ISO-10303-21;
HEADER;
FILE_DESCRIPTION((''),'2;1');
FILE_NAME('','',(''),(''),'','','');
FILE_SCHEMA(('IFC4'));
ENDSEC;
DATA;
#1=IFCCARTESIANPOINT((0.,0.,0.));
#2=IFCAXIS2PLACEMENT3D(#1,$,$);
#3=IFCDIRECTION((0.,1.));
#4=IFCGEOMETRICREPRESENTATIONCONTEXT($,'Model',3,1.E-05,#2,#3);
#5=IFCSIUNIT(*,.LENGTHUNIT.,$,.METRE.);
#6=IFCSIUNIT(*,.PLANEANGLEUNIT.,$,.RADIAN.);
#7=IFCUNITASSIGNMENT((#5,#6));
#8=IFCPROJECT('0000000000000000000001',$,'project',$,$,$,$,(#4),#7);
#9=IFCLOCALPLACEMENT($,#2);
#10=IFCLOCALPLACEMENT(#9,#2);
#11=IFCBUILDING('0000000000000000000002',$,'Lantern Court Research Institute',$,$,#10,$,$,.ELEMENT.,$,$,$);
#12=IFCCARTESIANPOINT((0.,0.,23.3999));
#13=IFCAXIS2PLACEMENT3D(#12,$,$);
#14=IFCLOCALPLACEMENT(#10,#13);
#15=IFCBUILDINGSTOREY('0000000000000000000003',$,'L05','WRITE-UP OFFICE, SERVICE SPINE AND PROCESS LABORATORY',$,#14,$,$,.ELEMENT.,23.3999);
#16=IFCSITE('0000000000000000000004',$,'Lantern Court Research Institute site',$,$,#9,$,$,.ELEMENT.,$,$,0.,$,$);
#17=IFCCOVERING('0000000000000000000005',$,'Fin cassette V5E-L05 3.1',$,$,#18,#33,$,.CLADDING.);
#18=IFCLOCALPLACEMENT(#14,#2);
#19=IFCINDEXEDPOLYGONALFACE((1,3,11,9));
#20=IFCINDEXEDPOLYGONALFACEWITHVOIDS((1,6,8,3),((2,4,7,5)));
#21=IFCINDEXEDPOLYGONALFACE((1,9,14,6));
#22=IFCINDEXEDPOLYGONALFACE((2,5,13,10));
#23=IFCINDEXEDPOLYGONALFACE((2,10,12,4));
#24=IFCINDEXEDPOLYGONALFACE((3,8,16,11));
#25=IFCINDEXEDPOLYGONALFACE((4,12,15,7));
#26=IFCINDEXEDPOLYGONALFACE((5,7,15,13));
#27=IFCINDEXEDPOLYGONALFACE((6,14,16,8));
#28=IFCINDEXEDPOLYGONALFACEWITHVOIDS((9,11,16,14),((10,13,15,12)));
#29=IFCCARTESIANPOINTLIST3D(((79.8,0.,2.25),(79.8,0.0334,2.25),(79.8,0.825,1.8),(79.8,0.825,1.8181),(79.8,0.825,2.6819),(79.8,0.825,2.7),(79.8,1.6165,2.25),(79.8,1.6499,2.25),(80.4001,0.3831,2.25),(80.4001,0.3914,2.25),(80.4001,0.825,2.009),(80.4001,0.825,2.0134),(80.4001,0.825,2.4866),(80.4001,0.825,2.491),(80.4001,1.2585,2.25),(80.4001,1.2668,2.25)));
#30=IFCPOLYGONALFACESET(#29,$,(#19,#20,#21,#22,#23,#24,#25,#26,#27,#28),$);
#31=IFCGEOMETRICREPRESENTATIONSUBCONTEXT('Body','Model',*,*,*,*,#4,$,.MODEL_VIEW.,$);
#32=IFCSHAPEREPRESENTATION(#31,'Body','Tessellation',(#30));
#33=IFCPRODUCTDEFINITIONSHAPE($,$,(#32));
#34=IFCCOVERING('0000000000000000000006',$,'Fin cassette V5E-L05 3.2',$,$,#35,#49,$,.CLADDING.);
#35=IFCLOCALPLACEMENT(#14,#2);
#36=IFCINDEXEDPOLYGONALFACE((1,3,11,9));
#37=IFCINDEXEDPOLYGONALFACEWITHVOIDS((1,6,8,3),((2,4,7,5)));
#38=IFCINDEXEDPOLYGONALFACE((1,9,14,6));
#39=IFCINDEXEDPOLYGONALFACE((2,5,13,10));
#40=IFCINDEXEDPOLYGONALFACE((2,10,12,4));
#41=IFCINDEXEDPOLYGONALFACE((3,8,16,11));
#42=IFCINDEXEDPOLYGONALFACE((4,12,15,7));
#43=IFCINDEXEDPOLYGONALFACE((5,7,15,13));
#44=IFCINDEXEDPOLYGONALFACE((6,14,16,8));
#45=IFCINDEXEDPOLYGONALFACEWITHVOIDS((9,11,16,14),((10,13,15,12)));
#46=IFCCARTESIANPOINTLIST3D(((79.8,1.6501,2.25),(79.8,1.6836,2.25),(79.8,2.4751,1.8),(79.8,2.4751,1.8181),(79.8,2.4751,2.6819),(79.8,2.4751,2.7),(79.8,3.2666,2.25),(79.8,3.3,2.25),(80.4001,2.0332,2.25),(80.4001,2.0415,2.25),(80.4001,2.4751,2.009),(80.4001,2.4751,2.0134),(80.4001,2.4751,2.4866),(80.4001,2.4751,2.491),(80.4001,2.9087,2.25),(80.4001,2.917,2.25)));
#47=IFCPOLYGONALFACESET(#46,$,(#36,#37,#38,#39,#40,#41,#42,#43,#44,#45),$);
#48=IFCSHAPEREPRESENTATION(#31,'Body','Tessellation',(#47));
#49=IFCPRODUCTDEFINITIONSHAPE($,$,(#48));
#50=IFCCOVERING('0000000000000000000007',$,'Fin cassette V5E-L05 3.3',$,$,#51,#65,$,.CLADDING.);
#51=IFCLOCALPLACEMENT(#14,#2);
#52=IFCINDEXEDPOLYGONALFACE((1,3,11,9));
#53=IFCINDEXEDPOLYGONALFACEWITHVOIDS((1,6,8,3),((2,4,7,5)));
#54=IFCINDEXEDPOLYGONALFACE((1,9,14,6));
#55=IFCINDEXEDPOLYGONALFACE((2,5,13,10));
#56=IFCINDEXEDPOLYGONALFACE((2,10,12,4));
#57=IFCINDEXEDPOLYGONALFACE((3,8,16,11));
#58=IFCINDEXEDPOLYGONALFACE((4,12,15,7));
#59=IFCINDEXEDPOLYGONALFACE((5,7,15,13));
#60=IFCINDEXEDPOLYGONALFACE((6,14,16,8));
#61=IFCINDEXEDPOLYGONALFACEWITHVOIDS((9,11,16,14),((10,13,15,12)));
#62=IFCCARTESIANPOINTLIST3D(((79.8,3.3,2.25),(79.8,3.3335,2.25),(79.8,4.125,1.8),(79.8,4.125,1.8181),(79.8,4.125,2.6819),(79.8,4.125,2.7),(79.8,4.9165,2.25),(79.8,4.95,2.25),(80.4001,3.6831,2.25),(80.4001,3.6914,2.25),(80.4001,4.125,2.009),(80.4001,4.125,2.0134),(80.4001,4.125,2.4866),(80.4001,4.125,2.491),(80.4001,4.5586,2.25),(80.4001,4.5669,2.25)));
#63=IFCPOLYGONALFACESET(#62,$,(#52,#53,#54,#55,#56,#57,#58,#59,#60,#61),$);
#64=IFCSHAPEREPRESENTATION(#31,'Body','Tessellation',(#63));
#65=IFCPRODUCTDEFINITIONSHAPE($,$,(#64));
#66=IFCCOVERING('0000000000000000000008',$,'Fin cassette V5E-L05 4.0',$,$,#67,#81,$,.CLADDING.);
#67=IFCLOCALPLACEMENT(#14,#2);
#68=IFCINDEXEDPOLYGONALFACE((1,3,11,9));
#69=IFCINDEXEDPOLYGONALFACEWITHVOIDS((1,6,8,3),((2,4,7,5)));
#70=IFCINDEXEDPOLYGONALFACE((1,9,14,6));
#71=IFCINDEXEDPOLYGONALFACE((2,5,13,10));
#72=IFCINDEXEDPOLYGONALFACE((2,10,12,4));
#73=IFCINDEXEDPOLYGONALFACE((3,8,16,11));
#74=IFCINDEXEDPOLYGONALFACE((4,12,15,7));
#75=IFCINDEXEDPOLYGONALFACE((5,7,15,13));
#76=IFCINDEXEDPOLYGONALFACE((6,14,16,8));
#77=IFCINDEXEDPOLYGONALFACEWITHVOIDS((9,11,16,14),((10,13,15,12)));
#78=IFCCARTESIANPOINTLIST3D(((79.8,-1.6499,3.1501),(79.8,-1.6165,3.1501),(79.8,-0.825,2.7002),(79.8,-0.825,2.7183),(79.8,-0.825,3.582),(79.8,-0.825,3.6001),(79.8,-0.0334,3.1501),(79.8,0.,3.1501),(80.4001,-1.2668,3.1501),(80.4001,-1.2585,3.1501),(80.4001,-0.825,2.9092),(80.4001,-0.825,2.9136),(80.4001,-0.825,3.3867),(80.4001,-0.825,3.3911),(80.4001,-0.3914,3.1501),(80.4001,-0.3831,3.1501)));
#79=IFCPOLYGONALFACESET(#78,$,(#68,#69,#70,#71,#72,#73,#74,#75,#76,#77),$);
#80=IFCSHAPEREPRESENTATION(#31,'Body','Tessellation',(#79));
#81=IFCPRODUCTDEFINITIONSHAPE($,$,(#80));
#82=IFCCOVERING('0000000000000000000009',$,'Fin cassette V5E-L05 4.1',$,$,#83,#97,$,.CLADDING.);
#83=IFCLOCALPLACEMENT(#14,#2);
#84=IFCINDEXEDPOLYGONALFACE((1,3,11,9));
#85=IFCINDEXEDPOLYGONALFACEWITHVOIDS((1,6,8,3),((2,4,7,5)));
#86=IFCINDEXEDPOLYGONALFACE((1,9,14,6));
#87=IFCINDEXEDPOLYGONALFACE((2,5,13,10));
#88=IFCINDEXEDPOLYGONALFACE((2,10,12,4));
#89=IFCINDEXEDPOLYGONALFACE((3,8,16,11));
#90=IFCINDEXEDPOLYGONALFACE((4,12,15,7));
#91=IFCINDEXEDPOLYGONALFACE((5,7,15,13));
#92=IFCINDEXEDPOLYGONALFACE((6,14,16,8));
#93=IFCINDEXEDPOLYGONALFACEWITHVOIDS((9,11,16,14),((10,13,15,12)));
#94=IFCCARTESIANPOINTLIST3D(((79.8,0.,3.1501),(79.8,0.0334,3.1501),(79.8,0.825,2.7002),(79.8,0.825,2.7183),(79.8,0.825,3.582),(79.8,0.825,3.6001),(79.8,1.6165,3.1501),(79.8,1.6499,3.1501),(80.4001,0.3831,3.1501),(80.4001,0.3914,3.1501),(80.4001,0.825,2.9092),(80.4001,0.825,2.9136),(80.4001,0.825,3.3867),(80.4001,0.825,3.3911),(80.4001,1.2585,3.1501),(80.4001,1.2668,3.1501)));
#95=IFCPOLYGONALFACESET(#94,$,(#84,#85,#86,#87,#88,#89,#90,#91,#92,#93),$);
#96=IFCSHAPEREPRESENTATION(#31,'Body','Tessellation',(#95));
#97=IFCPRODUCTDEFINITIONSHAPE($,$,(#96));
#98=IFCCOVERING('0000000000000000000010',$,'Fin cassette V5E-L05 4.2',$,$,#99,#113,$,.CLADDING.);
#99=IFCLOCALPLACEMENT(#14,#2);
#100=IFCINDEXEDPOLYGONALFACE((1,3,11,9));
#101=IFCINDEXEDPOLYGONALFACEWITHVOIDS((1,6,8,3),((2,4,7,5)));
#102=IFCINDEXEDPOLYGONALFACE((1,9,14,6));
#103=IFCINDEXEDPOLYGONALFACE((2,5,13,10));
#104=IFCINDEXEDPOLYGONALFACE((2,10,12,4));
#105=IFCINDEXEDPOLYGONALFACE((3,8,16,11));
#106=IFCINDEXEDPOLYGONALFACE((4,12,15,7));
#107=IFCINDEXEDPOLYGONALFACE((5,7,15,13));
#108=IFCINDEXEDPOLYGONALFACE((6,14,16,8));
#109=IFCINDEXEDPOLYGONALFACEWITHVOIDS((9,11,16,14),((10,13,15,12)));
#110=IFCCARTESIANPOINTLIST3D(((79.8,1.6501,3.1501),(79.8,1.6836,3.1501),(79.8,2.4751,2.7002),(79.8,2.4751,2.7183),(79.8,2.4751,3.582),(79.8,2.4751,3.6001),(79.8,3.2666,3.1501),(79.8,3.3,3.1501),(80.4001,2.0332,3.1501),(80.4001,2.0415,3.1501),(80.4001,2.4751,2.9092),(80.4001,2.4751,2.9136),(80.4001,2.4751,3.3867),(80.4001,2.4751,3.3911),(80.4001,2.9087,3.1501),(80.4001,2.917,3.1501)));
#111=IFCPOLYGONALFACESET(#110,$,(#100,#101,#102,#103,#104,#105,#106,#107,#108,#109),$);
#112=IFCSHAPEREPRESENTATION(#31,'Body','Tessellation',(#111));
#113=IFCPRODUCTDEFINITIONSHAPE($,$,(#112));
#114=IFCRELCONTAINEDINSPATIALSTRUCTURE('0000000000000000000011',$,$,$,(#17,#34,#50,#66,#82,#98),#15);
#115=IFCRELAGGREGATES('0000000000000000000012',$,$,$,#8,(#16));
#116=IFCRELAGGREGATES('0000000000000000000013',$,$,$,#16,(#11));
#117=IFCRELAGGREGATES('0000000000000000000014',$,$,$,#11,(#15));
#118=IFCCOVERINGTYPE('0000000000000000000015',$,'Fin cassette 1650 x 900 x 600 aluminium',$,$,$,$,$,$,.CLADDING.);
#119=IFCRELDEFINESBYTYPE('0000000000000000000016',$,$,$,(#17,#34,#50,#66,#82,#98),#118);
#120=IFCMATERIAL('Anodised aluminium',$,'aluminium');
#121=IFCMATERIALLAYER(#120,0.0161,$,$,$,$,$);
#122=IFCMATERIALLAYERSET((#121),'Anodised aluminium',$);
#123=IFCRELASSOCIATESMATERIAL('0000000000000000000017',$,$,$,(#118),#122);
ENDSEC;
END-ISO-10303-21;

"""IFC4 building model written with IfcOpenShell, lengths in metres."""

from ifc_helpers import new_model, entity, si_unit, direction, frame, origin, place, context, subcontext, project, spatial, material, layer, layer_set, type_object, element, save


model = new_model("IFC4")

# Units and contexts
model_context = context("Model", 3, precision=1e-05, world=origin(), true_north=direction((0.0, 1.0)))
body_context = subcontext(model_context, "Body", "Model", "MODEL_VIEW")
ifc_project = project(units=[si_unit("LENGTHUNIT", "METRE"), si_unit("PLANEANGLEUNIT", "RADIAN")], contexts=[model_context])

# Site, building, storey
site_placement = place(None, origin())
site = spatial("IfcSite", under=ifc_project, at=site_placement, Name="Lantern Court Research Institute site", CompositionType="ELEMENT", RefElevation=0.0)
building_placement = place(site_placement, origin())
building = spatial("IfcBuilding", under=site, at=building_placement, Name="Lantern Court Research Institute", CompositionType="ELEMENT")
storey_placement = place(building_placement, frame((0.0, 0.0, 23.3999)))
storey = spatial("IfcBuildingStorey", under=building, at=storey_placement, Name="L05", Description="WRITE-UP OFFICE, SERVICE SPINE AND PROCESS LABORATORY", CompositionType="ELEMENT", Elevation=23.3999)

# Coverings
ifc_material_1 = material(Name="Anodised aluminium", Category="aluminium")
ifc_layer_1 = layer(ifc_material_1, 0.0161)
ifc_layer_set_1 = layer_set([ifc_layer_1], Name="Anodised aluminium")
covering_type = type_object("IfcCoveringType", Name="Fin cassette 1650 x 900 x 600 aluminium", PredefinedType="CLADDING", material=ifc_layer_set_1)
covering_1_placement = place(storey_placement, frame((79.8, 0.825, 2.25), z_axis=(1.0, 0.0, 0.0), x_axis=(0.0, 1.0, 0.0)))
cartesian_point_1 = entity("IfcCartesianPoint", [0.825, 0.0])
cartesian_point_2 = entity("IfcCartesianPoint", [0.7915, 0.0])
cartesian_point_3 = entity("IfcCartesianPoint", [0.4419, 0.0])
cartesian_point_4 = entity("IfcCartesianPoint", [0.4336, 0.0])
element("IfcCovering", 1, at=covering_1_placement, inside=storey, type_object=covering_type, Name="Fin cassette V5E-L05 3.1", PredefinedType="CLADDING", context=body_context, shape_type="SweptSolid", body=[
    entity("IfcExtrudedAreaSolidTapered", entity("IfcArbitraryProfileDefWithVoids", "AREA", None, entity("IfcPolyline", [cartesian_point_1, entity("IfcCartesianPoint", [0.0, 0.45]), entity("IfcCartesianPoint", [-0.825, 0.0]), entity("IfcCartesianPoint", [0.0, -0.45]), cartesian_point_1]), [entity("IfcPolyline", [cartesian_point_2, entity("IfcCartesianPoint", [0.0, 0.4319]), entity("IfcCartesianPoint", [-0.7915, 0.0]), entity("IfcCartesianPoint", [0.0, -0.4319]), cartesian_point_2])]), entity("IfcAxis2Placement3D", entity("IfcCartesianPoint", [0.0, 0.0, 0.0])), entity("IfcDirection", [0.0, 0.0, 1.0]), 0.6001, entity("IfcArbitraryProfileDefWithVoids", "AREA", None, entity("IfcPolyline", [cartesian_point_3, entity("IfcCartesianPoint", [0.0, 0.241]), entity("IfcCartesianPoint", [-0.4419, 0.0]), entity("IfcCartesianPoint", [0.0, -0.241]), cartesian_point_3]), [entity("IfcPolyline", [cartesian_point_4, entity("IfcCartesianPoint", [0.0, 0.2366]), entity("IfcCartesianPoint", [-0.4336, 0.0]), entity("IfcCartesianPoint", [0.0, -0.2366]), cartesian_point_4])])),
])
covering_2_placement = place(storey_placement, frame((79.8, 2.4751, 2.25), z_axis=(1.0, 0.0, 0.0), x_axis=(0.0, 1.0, 0.0)))
cartesian_point_5 = entity("IfcCartesianPoint", [0.825, 0.0])
cartesian_point_6 = entity("IfcCartesianPoint", [0.7915, 0.0])
cartesian_point_7 = entity("IfcCartesianPoint", [0.4419, 0.0])
cartesian_point_8 = entity("IfcCartesianPoint", [0.4336, 0.0])
element("IfcCovering", 2, at=covering_2_placement, inside=storey, type_object=covering_type, Name="Fin cassette V5E-L05 3.2", PredefinedType="CLADDING", context=body_context, shape_type="SweptSolid", body=[
    entity("IfcExtrudedAreaSolidTapered", entity("IfcArbitraryProfileDefWithVoids", "AREA", None, entity("IfcPolyline", [cartesian_point_5, entity("IfcCartesianPoint", [0.0, 0.45]), entity("IfcCartesianPoint", [-0.825, 0.0]), entity("IfcCartesianPoint", [0.0, -0.45]), cartesian_point_5]), [entity("IfcPolyline", [cartesian_point_6, entity("IfcCartesianPoint", [0.0, 0.4319]), entity("IfcCartesianPoint", [-0.7915, 0.0]), entity("IfcCartesianPoint", [0.0, -0.4319]), cartesian_point_6])]), entity("IfcAxis2Placement3D", entity("IfcCartesianPoint", [0.0, 0.0, 0.0])), entity("IfcDirection", [0.0, 0.0, 1.0]), 0.6001, entity("IfcArbitraryProfileDefWithVoids", "AREA", None, entity("IfcPolyline", [cartesian_point_7, entity("IfcCartesianPoint", [0.0, 0.241]), entity("IfcCartesianPoint", [-0.4419, 0.0]), entity("IfcCartesianPoint", [0.0, -0.241]), cartesian_point_7]), [entity("IfcPolyline", [cartesian_point_8, entity("IfcCartesianPoint", [0.0, 0.2366]), entity("IfcCartesianPoint", [-0.4336, 0.0]), entity("IfcCartesianPoint", [0.0, -0.2366]), cartesian_point_8])])),
])
covering_3_placement = place(storey_placement, frame((79.8, 4.125, 2.25), z_axis=(1.0, 0.0, 0.0), x_axis=(0.0, 1.0, 0.0)))
cartesian_point_9 = entity("IfcCartesianPoint", [0.825, 0.0])
cartesian_point_10 = entity("IfcCartesianPoint", [0.7915, 0.0])
cartesian_point_11 = entity("IfcCartesianPoint", [0.4419, 0.0])
cartesian_point_12 = entity("IfcCartesianPoint", [0.4336, 0.0])
element("IfcCovering", 3, at=covering_3_placement, inside=storey, type_object=covering_type, Name="Fin cassette V5E-L05 3.3", PredefinedType="CLADDING", context=body_context, shape_type="SweptSolid", body=[
    entity("IfcExtrudedAreaSolidTapered", entity("IfcArbitraryProfileDefWithVoids", "AREA", None, entity("IfcPolyline", [cartesian_point_9, entity("IfcCartesianPoint", [0.0, 0.45]), entity("IfcCartesianPoint", [-0.825, 0.0]), entity("IfcCartesianPoint", [0.0, -0.45]), cartesian_point_9]), [entity("IfcPolyline", [cartesian_point_10, entity("IfcCartesianPoint", [0.0, 0.4319]), entity("IfcCartesianPoint", [-0.7915, 0.0]), entity("IfcCartesianPoint", [0.0, -0.4319]), cartesian_point_10])]), entity("IfcAxis2Placement3D", entity("IfcCartesianPoint", [0.0, 0.0, 0.0])), entity("IfcDirection", [0.0, 0.0, 1.0]), 0.6001, entity("IfcArbitraryProfileDefWithVoids", "AREA", None, entity("IfcPolyline", [cartesian_point_11, entity("IfcCartesianPoint", [0.0, 0.241]), entity("IfcCartesianPoint", [-0.4419, 0.0]), entity("IfcCartesianPoint", [0.0, -0.241]), cartesian_point_11]), [entity("IfcPolyline", [cartesian_point_12, entity("IfcCartesianPoint", [0.0, 0.2366]), entity("IfcCartesianPoint", [-0.4336, 0.0]), entity("IfcCartesianPoint", [0.0, -0.2366]), cartesian_point_12])])),
])
covering_4_placement = place(storey_placement, frame((79.8, -0.825, 3.1501), z_axis=(1.0, 0.0, 0.0), x_axis=(0.0, 1.0, 0.0)))
cartesian_point_13 = entity("IfcCartesianPoint", [0.825, 0.0])
cartesian_point_14 = entity("IfcCartesianPoint", [0.7915, 0.0])
cartesian_point_15 = entity("IfcCartesianPoint", [0.4419, 0.0])
cartesian_point_16 = entity("IfcCartesianPoint", [0.4336, 0.0])
element("IfcCovering", 4, at=covering_4_placement, inside=storey, type_object=covering_type, Name="Fin cassette V5E-L05 4.0", PredefinedType="CLADDING", context=body_context, shape_type="SweptSolid", body=[
    entity("IfcExtrudedAreaSolidTapered", entity("IfcArbitraryProfileDefWithVoids", "AREA", None, entity("IfcPolyline", [cartesian_point_13, entity("IfcCartesianPoint", [0.0, 0.45]), entity("IfcCartesianPoint", [-0.825, 0.0]), entity("IfcCartesianPoint", [0.0, -0.45]), cartesian_point_13]), [entity("IfcPolyline", [cartesian_point_14, entity("IfcCartesianPoint", [0.0, 0.4319]), entity("IfcCartesianPoint", [-0.7915, 0.0]), entity("IfcCartesianPoint", [0.0, -0.4319]), cartesian_point_14])]), entity("IfcAxis2Placement3D", entity("IfcCartesianPoint", [0.0, 0.0, 0.0])), entity("IfcDirection", [0.0, 0.0, 1.0]), 0.6001, entity("IfcArbitraryProfileDefWithVoids", "AREA", None, entity("IfcPolyline", [cartesian_point_15, entity("IfcCartesianPoint", [0.0, 0.241]), entity("IfcCartesianPoint", [-0.4419, 0.0]), entity("IfcCartesianPoint", [0.0, -0.241]), cartesian_point_15]), [entity("IfcPolyline", [cartesian_point_16, entity("IfcCartesianPoint", [0.0, 0.2366]), entity("IfcCartesianPoint", [-0.4336, 0.0]), entity("IfcCartesianPoint", [0.0, -0.2366]), cartesian_point_16])])),
])
covering_5_placement = place(storey_placement, frame((79.8, 0.825, 3.1501), z_axis=(1.0, 0.0, 0.0), x_axis=(0.0, 1.0, 0.0)))
cartesian_point_17 = entity("IfcCartesianPoint", [0.825, 0.0])
cartesian_point_18 = entity("IfcCartesianPoint", [0.7915, 0.0])
cartesian_point_19 = entity("IfcCartesianPoint", [0.4419, 0.0])
cartesian_point_20 = entity("IfcCartesianPoint", [0.4336, 0.0])
element("IfcCovering", 5, at=covering_5_placement, inside=storey, type_object=covering_type, Name="Fin cassette V5E-L05 4.1", PredefinedType="CLADDING", context=body_context, shape_type="SweptSolid", body=[
    entity("IfcExtrudedAreaSolidTapered", entity("IfcArbitraryProfileDefWithVoids", "AREA", None, entity("IfcPolyline", [cartesian_point_17, entity("IfcCartesianPoint", [0.0, 0.45]), entity("IfcCartesianPoint", [-0.825, 0.0]), entity("IfcCartesianPoint", [0.0, -0.45]), cartesian_point_17]), [entity("IfcPolyline", [cartesian_point_18, entity("IfcCartesianPoint", [0.0, 0.4319]), entity("IfcCartesianPoint", [-0.7915, 0.0]), entity("IfcCartesianPoint", [0.0, -0.4319]), cartesian_point_18])]), entity("IfcAxis2Placement3D", entity("IfcCartesianPoint", [0.0, 0.0, 0.0])), entity("IfcDirection", [0.0, 0.0, 1.0]), 0.6001, entity("IfcArbitraryProfileDefWithVoids", "AREA", None, entity("IfcPolyline", [cartesian_point_19, entity("IfcCartesianPoint", [0.0, 0.241]), entity("IfcCartesianPoint", [-0.4419, 0.0]), entity("IfcCartesianPoint", [0.0, -0.241]), cartesian_point_19]), [entity("IfcPolyline", [cartesian_point_20, entity("IfcCartesianPoint", [0.0, 0.2366]), entity("IfcCartesianPoint", [-0.4336, 0.0]), entity("IfcCartesianPoint", [0.0, -0.2366]), cartesian_point_20])])),
])
covering_6_placement = place(storey_placement, frame((79.8, 2.4751, 3.1501), z_axis=(1.0, 0.0, 0.0), x_axis=(0.0, 1.0, 0.0)))
cartesian_point_21 = entity("IfcCartesianPoint", [0.825, 0.0])
cartesian_point_22 = entity("IfcCartesianPoint", [0.7915, 0.0])
cartesian_point_23 = entity("IfcCartesianPoint", [0.4419, 0.0])
cartesian_point_24 = entity("IfcCartesianPoint", [0.4336, 0.0])
element("IfcCovering", 6, at=covering_6_placement, inside=storey, type_object=covering_type, Name="Fin cassette V5E-L05 4.2", PredefinedType="CLADDING", context=body_context, shape_type="SweptSolid", body=[
    entity("IfcExtrudedAreaSolidTapered", entity("IfcArbitraryProfileDefWithVoids", "AREA", None, entity("IfcPolyline", [cartesian_point_21, entity("IfcCartesianPoint", [0.0, 0.45]), entity("IfcCartesianPoint", [-0.825, 0.0]), entity("IfcCartesianPoint", [0.0, -0.45]), cartesian_point_21]), [entity("IfcPolyline", [cartesian_point_22, entity("IfcCartesianPoint", [0.0, 0.4319]), entity("IfcCartesianPoint", [-0.7915, 0.0]), entity("IfcCartesianPoint", [0.0, -0.4319]), cartesian_point_22])]), entity("IfcAxis2Placement3D", entity("IfcCartesianPoint", [0.0, 0.0, 0.0])), entity("IfcDirection", [0.0, 0.0, 1.0]), 0.6001, entity("IfcArbitraryProfileDefWithVoids", "AREA", None, entity("IfcPolyline", [cartesian_point_23, entity("IfcCartesianPoint", [0.0, 0.241]), entity("IfcCartesianPoint", [-0.4419, 0.0]), entity("IfcCartesianPoint", [0.0, -0.241]), cartesian_point_23]), [entity("IfcPolyline", [cartesian_point_24, entity("IfcCartesianPoint", [0.0, 0.2366]), entity("IfcCartesianPoint", [-0.4336, 0.0]), entity("IfcCartesianPoint", [0.0, -0.2366]), cartesian_point_24])])),
])

save(model, "model.ifc")
